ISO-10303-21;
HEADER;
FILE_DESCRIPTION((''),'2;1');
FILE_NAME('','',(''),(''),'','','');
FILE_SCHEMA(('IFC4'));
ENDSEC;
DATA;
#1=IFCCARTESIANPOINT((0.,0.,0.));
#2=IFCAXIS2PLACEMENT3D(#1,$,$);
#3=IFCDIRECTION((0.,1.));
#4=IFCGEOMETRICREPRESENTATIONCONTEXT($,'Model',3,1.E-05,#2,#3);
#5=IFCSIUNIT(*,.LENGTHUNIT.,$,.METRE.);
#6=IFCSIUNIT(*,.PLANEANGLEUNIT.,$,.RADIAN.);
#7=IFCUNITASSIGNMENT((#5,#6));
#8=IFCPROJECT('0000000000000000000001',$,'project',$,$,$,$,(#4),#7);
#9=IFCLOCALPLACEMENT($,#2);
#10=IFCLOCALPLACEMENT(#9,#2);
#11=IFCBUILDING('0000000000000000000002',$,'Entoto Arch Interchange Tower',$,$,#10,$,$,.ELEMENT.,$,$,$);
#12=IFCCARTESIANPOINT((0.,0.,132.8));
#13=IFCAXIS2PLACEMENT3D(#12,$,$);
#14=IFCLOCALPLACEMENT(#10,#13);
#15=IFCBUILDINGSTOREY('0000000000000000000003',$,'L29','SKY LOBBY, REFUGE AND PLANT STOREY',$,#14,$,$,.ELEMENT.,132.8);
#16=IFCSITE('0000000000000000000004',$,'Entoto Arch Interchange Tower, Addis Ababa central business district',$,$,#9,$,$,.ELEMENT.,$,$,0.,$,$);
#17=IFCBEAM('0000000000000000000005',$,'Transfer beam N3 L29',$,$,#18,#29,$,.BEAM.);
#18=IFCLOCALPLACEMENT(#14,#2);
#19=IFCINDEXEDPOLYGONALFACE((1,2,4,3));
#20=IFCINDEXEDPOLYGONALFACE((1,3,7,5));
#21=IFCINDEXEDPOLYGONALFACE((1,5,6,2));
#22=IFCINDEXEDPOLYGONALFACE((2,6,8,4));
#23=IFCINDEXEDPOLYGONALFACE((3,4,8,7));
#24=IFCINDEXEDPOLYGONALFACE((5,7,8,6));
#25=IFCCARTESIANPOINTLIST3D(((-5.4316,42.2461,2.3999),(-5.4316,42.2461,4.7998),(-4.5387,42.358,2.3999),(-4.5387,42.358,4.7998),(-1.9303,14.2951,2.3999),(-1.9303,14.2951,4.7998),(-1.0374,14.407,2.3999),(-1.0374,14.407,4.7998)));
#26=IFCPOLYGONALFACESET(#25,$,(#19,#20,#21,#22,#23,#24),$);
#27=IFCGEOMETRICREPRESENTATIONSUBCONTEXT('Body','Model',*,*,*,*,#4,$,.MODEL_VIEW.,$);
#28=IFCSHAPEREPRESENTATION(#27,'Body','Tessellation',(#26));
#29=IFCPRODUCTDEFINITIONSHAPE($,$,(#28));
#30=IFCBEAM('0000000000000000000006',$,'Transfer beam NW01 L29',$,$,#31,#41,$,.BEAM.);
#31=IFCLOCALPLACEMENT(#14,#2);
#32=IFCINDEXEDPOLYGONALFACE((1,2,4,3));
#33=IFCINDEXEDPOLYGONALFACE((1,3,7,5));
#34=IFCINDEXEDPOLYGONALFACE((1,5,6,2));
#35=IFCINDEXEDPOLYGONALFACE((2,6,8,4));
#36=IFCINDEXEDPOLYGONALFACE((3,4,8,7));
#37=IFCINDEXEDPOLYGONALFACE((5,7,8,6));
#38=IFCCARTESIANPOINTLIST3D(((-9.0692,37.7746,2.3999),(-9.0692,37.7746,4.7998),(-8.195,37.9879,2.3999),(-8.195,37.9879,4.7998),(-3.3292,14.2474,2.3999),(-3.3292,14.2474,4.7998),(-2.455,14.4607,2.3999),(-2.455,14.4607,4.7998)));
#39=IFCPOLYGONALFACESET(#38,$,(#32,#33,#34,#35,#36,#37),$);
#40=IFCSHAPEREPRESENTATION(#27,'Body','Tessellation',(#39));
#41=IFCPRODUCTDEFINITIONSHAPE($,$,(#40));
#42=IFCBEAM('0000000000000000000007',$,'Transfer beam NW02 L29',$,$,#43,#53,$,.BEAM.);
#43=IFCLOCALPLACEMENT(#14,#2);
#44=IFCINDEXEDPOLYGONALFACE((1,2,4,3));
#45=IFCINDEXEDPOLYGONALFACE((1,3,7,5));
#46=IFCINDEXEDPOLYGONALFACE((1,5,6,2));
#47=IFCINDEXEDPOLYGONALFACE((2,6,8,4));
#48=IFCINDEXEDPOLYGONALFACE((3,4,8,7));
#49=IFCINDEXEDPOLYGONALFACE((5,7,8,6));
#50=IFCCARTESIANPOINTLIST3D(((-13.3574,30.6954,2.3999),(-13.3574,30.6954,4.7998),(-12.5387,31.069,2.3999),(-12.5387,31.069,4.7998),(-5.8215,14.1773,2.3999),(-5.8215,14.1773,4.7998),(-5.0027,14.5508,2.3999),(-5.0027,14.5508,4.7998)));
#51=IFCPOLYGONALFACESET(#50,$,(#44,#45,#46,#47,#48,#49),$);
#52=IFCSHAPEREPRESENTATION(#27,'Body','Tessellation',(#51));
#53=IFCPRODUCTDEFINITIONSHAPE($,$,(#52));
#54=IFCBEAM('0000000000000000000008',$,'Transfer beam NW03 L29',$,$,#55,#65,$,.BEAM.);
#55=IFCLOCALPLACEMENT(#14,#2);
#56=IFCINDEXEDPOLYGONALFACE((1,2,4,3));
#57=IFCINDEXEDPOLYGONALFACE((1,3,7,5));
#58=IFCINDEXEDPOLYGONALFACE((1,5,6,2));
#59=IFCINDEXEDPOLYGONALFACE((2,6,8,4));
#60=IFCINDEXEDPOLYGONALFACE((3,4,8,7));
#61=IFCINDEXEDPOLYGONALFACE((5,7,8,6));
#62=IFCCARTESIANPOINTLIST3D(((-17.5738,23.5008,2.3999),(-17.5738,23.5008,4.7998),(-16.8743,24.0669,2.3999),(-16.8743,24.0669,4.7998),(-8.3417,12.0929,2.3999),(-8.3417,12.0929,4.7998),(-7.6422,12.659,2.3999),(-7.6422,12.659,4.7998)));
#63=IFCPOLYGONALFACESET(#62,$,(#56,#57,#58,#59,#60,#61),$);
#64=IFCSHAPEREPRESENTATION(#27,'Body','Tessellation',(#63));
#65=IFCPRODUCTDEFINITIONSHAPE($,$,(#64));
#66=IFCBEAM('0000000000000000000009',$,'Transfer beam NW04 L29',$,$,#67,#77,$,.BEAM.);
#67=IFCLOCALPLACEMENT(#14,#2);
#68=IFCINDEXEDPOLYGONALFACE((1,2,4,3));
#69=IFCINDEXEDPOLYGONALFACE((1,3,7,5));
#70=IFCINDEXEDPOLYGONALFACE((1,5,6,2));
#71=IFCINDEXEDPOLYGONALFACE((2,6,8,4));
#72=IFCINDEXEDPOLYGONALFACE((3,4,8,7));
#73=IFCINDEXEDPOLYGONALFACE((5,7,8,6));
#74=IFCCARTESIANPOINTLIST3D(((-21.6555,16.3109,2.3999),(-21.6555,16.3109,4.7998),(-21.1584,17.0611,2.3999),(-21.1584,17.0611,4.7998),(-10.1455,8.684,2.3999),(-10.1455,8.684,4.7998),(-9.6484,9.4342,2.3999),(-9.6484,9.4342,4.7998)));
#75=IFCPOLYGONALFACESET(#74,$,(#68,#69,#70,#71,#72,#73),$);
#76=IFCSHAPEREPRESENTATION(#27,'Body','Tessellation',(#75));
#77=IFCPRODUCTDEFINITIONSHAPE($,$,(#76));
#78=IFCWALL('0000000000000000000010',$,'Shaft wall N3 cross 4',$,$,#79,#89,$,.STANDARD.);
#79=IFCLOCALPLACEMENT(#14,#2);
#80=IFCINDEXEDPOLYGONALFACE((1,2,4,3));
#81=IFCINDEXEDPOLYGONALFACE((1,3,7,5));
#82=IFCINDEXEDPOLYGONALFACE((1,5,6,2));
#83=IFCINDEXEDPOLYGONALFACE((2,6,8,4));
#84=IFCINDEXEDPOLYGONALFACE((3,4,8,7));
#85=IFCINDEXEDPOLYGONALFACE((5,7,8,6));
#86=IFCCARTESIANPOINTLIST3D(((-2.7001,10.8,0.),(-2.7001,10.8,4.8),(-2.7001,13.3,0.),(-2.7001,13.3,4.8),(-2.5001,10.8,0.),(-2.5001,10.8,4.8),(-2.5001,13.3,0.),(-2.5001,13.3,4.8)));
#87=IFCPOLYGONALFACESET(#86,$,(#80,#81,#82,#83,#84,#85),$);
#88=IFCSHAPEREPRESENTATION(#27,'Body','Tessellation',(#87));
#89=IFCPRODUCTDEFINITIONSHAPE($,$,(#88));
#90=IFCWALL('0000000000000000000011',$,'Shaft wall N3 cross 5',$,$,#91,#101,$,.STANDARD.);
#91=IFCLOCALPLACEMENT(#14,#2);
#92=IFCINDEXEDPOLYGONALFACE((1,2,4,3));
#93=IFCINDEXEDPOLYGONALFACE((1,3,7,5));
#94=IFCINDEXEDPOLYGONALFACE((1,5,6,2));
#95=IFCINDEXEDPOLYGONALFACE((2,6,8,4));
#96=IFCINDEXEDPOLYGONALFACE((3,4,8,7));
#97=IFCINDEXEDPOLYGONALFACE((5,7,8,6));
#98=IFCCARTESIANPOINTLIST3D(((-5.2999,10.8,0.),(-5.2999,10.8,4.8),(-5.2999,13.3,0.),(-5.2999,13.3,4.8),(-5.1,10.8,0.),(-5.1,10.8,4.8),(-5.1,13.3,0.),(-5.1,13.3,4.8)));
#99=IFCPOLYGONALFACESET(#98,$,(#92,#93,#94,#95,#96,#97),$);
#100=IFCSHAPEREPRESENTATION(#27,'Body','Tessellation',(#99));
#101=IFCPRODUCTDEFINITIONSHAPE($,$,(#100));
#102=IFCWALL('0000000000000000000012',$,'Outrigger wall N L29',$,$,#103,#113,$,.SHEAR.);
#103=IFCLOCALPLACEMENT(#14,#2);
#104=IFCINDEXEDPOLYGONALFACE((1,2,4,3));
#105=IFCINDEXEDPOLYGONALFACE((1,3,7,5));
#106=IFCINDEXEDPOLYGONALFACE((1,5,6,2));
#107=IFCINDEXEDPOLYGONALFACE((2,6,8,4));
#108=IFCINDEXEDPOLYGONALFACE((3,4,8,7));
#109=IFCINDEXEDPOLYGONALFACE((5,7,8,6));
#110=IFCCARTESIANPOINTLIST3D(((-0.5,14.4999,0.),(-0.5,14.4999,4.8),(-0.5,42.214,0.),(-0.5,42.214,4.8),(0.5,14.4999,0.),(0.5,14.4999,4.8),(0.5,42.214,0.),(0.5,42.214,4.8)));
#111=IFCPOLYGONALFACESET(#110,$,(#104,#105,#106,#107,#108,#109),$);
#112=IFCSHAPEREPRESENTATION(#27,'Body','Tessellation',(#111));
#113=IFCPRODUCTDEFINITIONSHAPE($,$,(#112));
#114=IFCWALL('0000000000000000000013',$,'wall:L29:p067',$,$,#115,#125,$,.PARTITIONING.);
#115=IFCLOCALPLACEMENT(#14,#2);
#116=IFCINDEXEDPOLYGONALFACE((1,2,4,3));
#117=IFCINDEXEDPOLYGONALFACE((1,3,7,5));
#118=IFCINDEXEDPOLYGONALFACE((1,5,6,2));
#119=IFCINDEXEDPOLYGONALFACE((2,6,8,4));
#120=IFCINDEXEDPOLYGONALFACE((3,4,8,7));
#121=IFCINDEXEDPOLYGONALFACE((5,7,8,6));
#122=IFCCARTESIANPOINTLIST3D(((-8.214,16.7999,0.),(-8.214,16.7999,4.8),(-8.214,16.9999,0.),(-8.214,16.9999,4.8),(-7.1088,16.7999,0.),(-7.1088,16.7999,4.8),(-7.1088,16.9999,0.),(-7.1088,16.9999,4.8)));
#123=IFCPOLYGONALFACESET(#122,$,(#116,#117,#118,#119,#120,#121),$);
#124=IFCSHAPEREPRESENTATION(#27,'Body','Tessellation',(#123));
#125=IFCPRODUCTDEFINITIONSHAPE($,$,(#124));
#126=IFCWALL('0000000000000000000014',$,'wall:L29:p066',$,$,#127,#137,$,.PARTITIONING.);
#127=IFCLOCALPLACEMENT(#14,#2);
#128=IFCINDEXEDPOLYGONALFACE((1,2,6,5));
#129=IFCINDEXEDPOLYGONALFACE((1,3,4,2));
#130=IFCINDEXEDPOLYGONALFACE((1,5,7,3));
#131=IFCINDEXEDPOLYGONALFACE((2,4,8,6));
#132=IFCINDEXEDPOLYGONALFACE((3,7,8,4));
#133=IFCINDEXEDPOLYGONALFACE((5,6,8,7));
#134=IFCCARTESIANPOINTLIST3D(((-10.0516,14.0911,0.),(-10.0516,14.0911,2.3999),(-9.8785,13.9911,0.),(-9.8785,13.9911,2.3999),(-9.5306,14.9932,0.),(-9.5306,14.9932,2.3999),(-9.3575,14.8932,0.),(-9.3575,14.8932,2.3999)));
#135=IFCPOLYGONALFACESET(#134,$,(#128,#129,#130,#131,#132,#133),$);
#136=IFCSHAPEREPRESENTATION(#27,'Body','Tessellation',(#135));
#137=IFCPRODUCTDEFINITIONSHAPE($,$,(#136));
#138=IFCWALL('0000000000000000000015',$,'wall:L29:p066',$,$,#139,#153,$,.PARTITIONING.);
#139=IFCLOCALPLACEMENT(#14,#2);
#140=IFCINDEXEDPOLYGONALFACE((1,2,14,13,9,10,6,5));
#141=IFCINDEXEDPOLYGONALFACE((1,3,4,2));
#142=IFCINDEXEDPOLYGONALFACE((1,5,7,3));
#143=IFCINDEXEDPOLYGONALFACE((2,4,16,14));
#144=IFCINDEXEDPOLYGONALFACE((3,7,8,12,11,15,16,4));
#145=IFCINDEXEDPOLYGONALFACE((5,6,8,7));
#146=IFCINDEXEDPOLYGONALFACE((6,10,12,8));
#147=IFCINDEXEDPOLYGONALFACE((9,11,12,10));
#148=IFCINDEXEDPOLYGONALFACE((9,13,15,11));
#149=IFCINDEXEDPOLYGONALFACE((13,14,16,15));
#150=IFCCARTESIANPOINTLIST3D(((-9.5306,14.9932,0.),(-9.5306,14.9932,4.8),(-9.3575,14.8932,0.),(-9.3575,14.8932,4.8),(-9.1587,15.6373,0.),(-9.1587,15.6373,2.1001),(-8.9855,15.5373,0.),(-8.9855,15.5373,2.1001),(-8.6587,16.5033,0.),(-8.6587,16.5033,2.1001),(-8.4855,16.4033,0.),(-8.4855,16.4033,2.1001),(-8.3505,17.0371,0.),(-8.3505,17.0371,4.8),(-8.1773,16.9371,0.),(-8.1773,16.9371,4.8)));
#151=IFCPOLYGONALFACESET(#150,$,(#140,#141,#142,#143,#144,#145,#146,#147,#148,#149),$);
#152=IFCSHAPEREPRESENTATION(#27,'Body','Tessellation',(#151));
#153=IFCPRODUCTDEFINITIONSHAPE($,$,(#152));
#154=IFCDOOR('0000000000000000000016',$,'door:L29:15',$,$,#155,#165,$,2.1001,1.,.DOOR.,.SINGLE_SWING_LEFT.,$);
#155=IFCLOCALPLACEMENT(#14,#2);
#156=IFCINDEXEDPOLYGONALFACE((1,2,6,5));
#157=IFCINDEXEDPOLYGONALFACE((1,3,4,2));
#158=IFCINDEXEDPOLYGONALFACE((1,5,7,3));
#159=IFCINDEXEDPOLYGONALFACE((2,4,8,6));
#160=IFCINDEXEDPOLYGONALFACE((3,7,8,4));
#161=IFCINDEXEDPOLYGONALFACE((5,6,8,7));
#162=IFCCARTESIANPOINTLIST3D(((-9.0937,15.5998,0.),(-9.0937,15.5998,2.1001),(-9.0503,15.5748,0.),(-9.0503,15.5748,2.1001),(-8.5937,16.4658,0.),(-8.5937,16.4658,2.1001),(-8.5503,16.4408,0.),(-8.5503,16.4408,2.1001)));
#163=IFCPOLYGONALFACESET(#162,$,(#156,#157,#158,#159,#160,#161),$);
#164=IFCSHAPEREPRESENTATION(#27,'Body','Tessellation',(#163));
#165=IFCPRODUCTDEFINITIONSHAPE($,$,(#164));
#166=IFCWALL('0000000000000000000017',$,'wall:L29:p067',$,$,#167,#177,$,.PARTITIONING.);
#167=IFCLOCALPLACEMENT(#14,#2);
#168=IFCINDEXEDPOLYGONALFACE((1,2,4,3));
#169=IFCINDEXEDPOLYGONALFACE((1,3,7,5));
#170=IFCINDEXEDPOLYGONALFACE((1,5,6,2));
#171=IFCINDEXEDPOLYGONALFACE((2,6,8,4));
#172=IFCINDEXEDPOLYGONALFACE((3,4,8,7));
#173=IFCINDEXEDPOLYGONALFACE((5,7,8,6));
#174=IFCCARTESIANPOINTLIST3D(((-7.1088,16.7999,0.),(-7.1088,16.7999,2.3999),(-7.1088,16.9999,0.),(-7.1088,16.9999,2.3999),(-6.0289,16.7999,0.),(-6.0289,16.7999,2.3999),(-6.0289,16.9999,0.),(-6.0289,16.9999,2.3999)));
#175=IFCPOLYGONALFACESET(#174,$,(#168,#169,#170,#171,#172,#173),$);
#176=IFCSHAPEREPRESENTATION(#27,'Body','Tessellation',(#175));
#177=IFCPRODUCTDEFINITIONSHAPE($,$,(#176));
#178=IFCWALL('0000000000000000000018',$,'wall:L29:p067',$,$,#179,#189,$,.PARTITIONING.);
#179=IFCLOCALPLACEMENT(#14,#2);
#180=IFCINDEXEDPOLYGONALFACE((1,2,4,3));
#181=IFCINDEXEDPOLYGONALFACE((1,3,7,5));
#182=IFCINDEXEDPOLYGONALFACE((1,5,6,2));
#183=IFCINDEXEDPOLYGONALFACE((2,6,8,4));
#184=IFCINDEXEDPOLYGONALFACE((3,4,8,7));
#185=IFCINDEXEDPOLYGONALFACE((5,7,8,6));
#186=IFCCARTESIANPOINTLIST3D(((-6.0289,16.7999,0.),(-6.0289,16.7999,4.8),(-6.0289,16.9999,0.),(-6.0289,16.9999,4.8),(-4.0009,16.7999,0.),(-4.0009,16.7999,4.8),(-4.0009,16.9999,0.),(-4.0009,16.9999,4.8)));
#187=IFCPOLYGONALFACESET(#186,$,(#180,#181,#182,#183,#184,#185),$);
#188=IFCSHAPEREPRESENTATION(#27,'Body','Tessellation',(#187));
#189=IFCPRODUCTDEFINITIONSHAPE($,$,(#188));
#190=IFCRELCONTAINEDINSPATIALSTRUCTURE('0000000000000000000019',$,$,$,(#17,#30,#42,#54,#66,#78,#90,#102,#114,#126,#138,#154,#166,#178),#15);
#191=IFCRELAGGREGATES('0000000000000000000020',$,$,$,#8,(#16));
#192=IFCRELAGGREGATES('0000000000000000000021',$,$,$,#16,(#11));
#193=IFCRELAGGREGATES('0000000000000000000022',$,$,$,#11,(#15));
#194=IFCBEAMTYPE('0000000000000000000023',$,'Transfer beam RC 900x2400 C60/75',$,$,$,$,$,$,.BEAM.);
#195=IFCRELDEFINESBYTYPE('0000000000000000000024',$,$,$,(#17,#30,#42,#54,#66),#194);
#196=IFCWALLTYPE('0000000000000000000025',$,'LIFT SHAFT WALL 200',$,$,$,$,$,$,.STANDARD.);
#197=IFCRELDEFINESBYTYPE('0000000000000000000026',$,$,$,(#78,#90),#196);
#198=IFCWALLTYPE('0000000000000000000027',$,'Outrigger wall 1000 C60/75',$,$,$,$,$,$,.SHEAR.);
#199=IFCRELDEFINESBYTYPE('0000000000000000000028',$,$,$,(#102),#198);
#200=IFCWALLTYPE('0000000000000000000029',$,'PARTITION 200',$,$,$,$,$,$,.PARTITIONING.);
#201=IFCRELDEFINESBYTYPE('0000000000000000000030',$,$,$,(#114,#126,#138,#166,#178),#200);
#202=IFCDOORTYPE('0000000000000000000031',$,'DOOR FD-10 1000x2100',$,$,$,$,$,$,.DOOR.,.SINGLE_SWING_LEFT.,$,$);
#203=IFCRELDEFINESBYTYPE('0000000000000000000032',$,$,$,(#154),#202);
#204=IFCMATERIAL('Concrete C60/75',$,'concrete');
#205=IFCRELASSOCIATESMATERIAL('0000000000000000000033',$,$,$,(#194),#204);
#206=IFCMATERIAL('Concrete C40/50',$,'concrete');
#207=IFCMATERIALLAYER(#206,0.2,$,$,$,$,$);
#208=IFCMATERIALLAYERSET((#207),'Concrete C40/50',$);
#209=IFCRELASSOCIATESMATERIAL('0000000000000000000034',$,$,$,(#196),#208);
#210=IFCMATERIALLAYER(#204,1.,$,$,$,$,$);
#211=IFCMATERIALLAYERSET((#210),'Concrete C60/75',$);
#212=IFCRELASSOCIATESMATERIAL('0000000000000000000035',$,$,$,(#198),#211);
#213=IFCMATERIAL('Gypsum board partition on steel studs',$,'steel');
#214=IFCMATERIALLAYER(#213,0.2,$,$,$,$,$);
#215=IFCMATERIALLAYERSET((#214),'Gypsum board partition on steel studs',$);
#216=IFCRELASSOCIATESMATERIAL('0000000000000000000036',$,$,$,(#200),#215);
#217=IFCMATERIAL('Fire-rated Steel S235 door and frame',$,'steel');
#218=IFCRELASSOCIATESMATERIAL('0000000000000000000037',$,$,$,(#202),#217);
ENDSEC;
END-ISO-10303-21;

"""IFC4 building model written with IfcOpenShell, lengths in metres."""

from ifc_helpers import new_model, si_unit, direction, frame, frame_2d, origin, origin_2d, place, context, subcontext, project, spatial, rectangle, extrude, material, layer, layer_set, material_profile, profile_set, type_object, element, fill, save


model = new_model("IFC4")

# Units and contexts
model_context = context("Model", 3, precision=1e-05, world=origin(), true_north=direction((0.0, 1.0)))
body_context = subcontext(model_context, "Body", "Model", "MODEL_VIEW")
ifc_project = project(units=[si_unit("LENGTHUNIT", "METRE"), si_unit("PLANEANGLEUNIT", "RADIAN")], contexts=[model_context])

# Site, building, storey
site_placement = place(None, origin())
site = spatial("IfcSite", under=ifc_project, at=site_placement, Name="Entoto Arch Interchange Tower, Addis Ababa central business district", CompositionType="ELEMENT", RefElevation=0.0)
building_placement = place(site_placement, origin())
building = spatial("IfcBuilding", under=site, at=building_placement, Name="Entoto Arch Interchange Tower", CompositionType="ELEMENT")
storey_placement = place(building_placement, frame((0.0, 0.0, 132.8)))
storey = spatial("IfcBuildingStorey", under=building, at=storey_placement, Name="L29", Description="SKY LOBBY, REFUGE AND PLANT STOREY", CompositionType="ELEMENT", Elevation=132.8)

# Beams
ifc_material_1 = material(Name="Concrete C60/75", Category="concrete")
ifc_material_profile = material_profile(ifc_material_1, rectangle(XDim=0.8999, YDim=2.3999, at=origin_2d()))
ifc_profile_set = profile_set([ifc_material_profile], Name="Concrete C60/75")
beam_type = type_object("IfcBeamType", Name="Transfer beam RC 900x2400 C60/75", PredefinedType="BEAM", material=ifc_profile_set)
beam_1_placement = place(storey_placement, frame((-1.4839, 14.3511, 3.5999), z_axis=(-0.124292, 0.992246, 0.0), x_axis=(-0.992246, -0.124292, 0.0)))
element("IfcBeam", 1, at=beam_1_placement, inside=storey, type_object=beam_type, Name="Transfer beam N3 L29", PredefinedType="BEAM", context=body_context, shape_type="SweptSolid", body=[
    extrude(rectangle(XDim=0.8999, YDim=2.3999, at=origin_2d()), origin(), (0.0, 0.0, 1.0), 28.1694),
])
beam_2_placement = place(storey_placement, frame((-2.8921, 14.354, 3.5999), z_axis=(-0.237021, 0.971504, 0.0), x_axis=(-0.971504, -0.237021, 0.0)))
element("IfcBeam", 2, at=beam_2_placement, inside=storey, type_object=beam_type, Name="Transfer beam NW01 L29", PredefinedType="BEAM", context=body_context, shape_type="SweptSolid", body=[
    extrude(rectangle(XDim=0.8999, YDim=2.3999, at=origin_2d()), origin(), (0.0, 0.0, 1.0), 24.2173),
])
beam_3_placement = place(storey_placement, frame((-5.4121, 14.364, 3.5999), z_axis=(-0.415066, 0.909791, 0.0), x_axis=(-0.909791, -0.415066, 0.0)))
element("IfcBeam", 3, at=beam_3_placement, inside=storey, type_object=beam_type, Name="Transfer beam NW02 L29", PredefinedType="BEAM", context=body_context, shape_type="SweptSolid", body=[
    extrude(rectangle(XDim=0.8999, YDim=2.3999, at=origin_2d()), origin(), (0.0, 0.0, 1.0), 18.156),
])
beam_4_placement = place(storey_placement, frame((-7.9919, 12.376, 3.5999), z_axis=(-0.629081, 0.777339, 0.0), x_axis=(-0.777339, -0.629081, 0.0)))
element("IfcBeam", 4, at=beam_4_placement, inside=storey, type_object=beam_type, Name="Transfer beam NW03 L29", PredefinedType="BEAM", context=body_context, shape_type="SweptSolid", body=[
    extrude(rectangle(XDim=0.8999, YDim=2.3999, at=origin_2d()), origin(), (0.0, 0.0, 1.0), 14.6755),
])
beam_5_placement = place(storey_placement, frame((-9.897, 9.0591, 3.5999), z_axis=(-0.833598, 0.552372, 0.0), x_axis=(-0.552372, -0.833598, 0.0)))
element("IfcBeam", 5, at=beam_5_placement, inside=storey, type_object=beam_type, Name="Transfer beam NW04 L29", PredefinedType="BEAM", context=body_context, shape_type="SweptSolid", body=[
    extrude(rectangle(XDim=0.8999, YDim=2.3999, at=origin_2d()), origin(), (0.0, 0.0, 1.0), 13.8076),
])

# Walls
ifc_material_2 = material(Name="Concrete C40/50", Category="concrete")
ifc_layer_1 = layer(ifc_material_2, 0.2)
ifc_layer_set_1 = layer_set([ifc_layer_1], Name="Concrete C40/50")
wall_type_1 = type_object("IfcWallType", Name="LIFT SHAFT WALL 200", PredefinedType="STANDARD", material=ifc_layer_set_1)
for number, where, z_axis, x_axis, name in (
    (6, (-2.6001, 10.8, 0.0), (0.0, 0.0, 1.0), (0.0, 1.0, 0.0), "Shaft wall N3 cross 4"),
    (7, (-5.2, 10.8, 0.0), (0.0, 0.0, 1.0), (0.0, 1.0, 0.0), "Shaft wall N3 cross 5"),
):
    element("IfcWall", number, at=place(storey_placement, frame(where, z_axis=z_axis, x_axis=x_axis)), inside=storey, type_object=wall_type_1, Name=name, PredefinedType="STANDARD", context=body_context, shape_type="SweptSolid", body=[
        extrude(rectangle(XDim=2.5, YDim=0.2, at=frame_2d((1.25, 0.0))), origin(), (0.0, 0.0, 1.0), 4.8),
    ])
ifc_layer_2 = layer(ifc_material_1, 1.0)
ifc_layer_set_2 = layer_set([ifc_layer_2], Name="Concrete C60/75")
wall_type_2 = type_object("IfcWallType", Name="Outrigger wall 1000 C60/75", PredefinedType="SHEAR", material=ifc_layer_set_2)
wall_1_placement = place(storey_placement, frame((0.0, 14.5, 0.0), z_axis=(0.0, 0.0, 1.0), x_axis=(0.0, 1.0, 0.0)))
element("IfcWall", 8, at=wall_1_placement, inside=storey, type_object=wall_type_2, Name="Outrigger wall N L29", PredefinedType="SHEAR", context=body_context, shape_type="SweptSolid", body=[
    extrude(rectangle(XDim=27.7141, YDim=1.0, at=frame_2d((13.8569, 0.0))), origin(), (0.0, 0.0, 1.0), 4.8),
])
ifc_material_3 = material(Name="Gypsum board partition on steel studs", Category="steel")
ifc_layer_3 = layer(ifc_material_3, 0.2)
ifc_layer_set_3 = layer_set([ifc_layer_3], Name="Gypsum board partition on steel studs")
wall_type_3 = type_object("IfcWallType", Name="PARTITION 200", PredefinedType="PARTITIONING", material=ifc_layer_set_3)
wall_2_placement = place(storey_placement, frame((-8.2141, 16.8999, 0.0), z_axis=(0.0, 0.0, 1.0), x_axis=(1.0, 0.0, 0.0)))
element("IfcWall", 9, at=wall_2_placement, inside=storey, type_object=wall_type_3, Name="wall:L29:p067", PredefinedType="PARTITIONING", context=body_context, shape_type="SweptSolid", body=[
    extrude(rectangle(XDim=1.1052, YDim=0.2, at=frame_2d((0.5527, 0.0))), origin(), (0.0, 0.0, 1.0), 4.8),
])
wall_3_placement = place(storey_placement, frame((-9.9651, 14.041, 0.0), z_axis=(0.0, 0.0, 1.0), x_axis=(0.500121, 0.865955, 0.0)))
element("IfcWall", 10, at=wall_3_placement, inside=storey, type_object=wall_type_3, Name="wall:L29:p066", PredefinedType="PARTITIONING", context=body_context, shape_type="SweptSolid", body=[
    extrude(rectangle(XDim=1.0417, YDim=0.2, at=frame_2d((0.521, 0.0))), origin(), (0.0, 0.0, 1.0), 2.3999),
])

# Wall, opening, door
wall_4_placement = place(storey_placement, frame((-9.4441, 14.9431, 0.0), z_axis=(0.0, 0.0, 1.0), x_axis=(0.500033, 0.866006, 0.0)))
wall_4 = element("IfcWall", 11, at=wall_4_placement, inside=storey, type_object=wall_type_3, Name="wall:L29:p066", PredefinedType="PARTITIONING", context=body_context, shape_type="SweptSolid", body=[
    extrude(rectangle(XDim=2.3601, YDim=0.2, at=frame_2d((1.1802, 0.0))), origin(), (0.0, 0.0, 1.0), 4.8),
])
opening_1_placement = place(wall_4_placement, frame((0.7439, 0.0, 0.0)))
opening_1 = element("IfcOpeningElement", 12, at=opening_1_placement, cuts=wall_4, PredefinedType="OPENING", context=body_context, shape_type="SweptSolid", body=[
    extrude(rectangle(XDim=1.0, YDim=2.1001, at=frame_2d((0.5, 1.05))), frame((0.0, 0.1099, 0.0), z_axis=(0.0, -1.0, 0.0), x_axis=(1.0, 0.0, 0.0)), (0.0, 0.0, 1.0), 0.22),
])
ifc_material_4 = material(Name="Fire-rated Steel S235 door and frame", Category="steel")
door_type_1 = type_object("IfcDoorType", Name="DOOR FD-10 1000x2100", OperationType="SINGLE_SWING_LEFT", PredefinedType="DOOR", material=ifc_material_4)
door_1_placement = place(opening_1_placement, origin())
door_1 = element("IfcDoor", 13, at=door_1_placement, inside=storey, type_object=door_type_1, Name="door:L29:15", OperationType="SINGLE_SWING_LEFT", OverallHeight=2.1001, OverallWidth=1.0, PredefinedType="DOOR", context=body_context, shape_type="SweptSolid", body=[
    extrude(rectangle(XDim=1.0, YDim=2.1001, at=frame_2d((0.5, 1.05))), frame((0.0, 0.0249, 0.0), z_axis=(0.0, -1.0, 0.0), x_axis=(1.0, 0.0, 0.0)), (0.0, 0.0, 1.0), 0.05),
])
fill(opening_1, door_1)

# Walls
wall_5_placement = place(storey_placement, frame((-7.1089, 16.8999, 0.0), z_axis=(0.0, 0.0, 1.0), x_axis=(1.0, 0.0, 0.0)))
element("IfcWall", 14, at=wall_5_placement, inside=storey, type_object=wall_type_3, Name="wall:L29:p067", PredefinedType="PARTITIONING", context=body_context, shape_type="SweptSolid", body=[
    extrude(rectangle(XDim=1.0798, YDim=0.2, at=frame_2d((0.54, 0.0))), origin(), (0.0, 0.0, 1.0), 2.3999),
])
wall_6_placement = place(storey_placement, frame((-6.0291, 16.8999, 0.0), z_axis=(0.0, 0.0, 1.0), x_axis=(1.0, 0.0, 0.0)))
element("IfcWall", 15, at=wall_6_placement, inside=storey, type_object=wall_type_3, Name="wall:L29:p067", PredefinedType="PARTITIONING", context=body_context, shape_type="SweptSolid", body=[
    extrude(rectangle(XDim=2.0281, YDim=0.2, at=frame_2d((1.0142, 0.0))), origin(), (0.0, 0.0, 1.0), 4.8),
])

save(model, "model.ifc")
